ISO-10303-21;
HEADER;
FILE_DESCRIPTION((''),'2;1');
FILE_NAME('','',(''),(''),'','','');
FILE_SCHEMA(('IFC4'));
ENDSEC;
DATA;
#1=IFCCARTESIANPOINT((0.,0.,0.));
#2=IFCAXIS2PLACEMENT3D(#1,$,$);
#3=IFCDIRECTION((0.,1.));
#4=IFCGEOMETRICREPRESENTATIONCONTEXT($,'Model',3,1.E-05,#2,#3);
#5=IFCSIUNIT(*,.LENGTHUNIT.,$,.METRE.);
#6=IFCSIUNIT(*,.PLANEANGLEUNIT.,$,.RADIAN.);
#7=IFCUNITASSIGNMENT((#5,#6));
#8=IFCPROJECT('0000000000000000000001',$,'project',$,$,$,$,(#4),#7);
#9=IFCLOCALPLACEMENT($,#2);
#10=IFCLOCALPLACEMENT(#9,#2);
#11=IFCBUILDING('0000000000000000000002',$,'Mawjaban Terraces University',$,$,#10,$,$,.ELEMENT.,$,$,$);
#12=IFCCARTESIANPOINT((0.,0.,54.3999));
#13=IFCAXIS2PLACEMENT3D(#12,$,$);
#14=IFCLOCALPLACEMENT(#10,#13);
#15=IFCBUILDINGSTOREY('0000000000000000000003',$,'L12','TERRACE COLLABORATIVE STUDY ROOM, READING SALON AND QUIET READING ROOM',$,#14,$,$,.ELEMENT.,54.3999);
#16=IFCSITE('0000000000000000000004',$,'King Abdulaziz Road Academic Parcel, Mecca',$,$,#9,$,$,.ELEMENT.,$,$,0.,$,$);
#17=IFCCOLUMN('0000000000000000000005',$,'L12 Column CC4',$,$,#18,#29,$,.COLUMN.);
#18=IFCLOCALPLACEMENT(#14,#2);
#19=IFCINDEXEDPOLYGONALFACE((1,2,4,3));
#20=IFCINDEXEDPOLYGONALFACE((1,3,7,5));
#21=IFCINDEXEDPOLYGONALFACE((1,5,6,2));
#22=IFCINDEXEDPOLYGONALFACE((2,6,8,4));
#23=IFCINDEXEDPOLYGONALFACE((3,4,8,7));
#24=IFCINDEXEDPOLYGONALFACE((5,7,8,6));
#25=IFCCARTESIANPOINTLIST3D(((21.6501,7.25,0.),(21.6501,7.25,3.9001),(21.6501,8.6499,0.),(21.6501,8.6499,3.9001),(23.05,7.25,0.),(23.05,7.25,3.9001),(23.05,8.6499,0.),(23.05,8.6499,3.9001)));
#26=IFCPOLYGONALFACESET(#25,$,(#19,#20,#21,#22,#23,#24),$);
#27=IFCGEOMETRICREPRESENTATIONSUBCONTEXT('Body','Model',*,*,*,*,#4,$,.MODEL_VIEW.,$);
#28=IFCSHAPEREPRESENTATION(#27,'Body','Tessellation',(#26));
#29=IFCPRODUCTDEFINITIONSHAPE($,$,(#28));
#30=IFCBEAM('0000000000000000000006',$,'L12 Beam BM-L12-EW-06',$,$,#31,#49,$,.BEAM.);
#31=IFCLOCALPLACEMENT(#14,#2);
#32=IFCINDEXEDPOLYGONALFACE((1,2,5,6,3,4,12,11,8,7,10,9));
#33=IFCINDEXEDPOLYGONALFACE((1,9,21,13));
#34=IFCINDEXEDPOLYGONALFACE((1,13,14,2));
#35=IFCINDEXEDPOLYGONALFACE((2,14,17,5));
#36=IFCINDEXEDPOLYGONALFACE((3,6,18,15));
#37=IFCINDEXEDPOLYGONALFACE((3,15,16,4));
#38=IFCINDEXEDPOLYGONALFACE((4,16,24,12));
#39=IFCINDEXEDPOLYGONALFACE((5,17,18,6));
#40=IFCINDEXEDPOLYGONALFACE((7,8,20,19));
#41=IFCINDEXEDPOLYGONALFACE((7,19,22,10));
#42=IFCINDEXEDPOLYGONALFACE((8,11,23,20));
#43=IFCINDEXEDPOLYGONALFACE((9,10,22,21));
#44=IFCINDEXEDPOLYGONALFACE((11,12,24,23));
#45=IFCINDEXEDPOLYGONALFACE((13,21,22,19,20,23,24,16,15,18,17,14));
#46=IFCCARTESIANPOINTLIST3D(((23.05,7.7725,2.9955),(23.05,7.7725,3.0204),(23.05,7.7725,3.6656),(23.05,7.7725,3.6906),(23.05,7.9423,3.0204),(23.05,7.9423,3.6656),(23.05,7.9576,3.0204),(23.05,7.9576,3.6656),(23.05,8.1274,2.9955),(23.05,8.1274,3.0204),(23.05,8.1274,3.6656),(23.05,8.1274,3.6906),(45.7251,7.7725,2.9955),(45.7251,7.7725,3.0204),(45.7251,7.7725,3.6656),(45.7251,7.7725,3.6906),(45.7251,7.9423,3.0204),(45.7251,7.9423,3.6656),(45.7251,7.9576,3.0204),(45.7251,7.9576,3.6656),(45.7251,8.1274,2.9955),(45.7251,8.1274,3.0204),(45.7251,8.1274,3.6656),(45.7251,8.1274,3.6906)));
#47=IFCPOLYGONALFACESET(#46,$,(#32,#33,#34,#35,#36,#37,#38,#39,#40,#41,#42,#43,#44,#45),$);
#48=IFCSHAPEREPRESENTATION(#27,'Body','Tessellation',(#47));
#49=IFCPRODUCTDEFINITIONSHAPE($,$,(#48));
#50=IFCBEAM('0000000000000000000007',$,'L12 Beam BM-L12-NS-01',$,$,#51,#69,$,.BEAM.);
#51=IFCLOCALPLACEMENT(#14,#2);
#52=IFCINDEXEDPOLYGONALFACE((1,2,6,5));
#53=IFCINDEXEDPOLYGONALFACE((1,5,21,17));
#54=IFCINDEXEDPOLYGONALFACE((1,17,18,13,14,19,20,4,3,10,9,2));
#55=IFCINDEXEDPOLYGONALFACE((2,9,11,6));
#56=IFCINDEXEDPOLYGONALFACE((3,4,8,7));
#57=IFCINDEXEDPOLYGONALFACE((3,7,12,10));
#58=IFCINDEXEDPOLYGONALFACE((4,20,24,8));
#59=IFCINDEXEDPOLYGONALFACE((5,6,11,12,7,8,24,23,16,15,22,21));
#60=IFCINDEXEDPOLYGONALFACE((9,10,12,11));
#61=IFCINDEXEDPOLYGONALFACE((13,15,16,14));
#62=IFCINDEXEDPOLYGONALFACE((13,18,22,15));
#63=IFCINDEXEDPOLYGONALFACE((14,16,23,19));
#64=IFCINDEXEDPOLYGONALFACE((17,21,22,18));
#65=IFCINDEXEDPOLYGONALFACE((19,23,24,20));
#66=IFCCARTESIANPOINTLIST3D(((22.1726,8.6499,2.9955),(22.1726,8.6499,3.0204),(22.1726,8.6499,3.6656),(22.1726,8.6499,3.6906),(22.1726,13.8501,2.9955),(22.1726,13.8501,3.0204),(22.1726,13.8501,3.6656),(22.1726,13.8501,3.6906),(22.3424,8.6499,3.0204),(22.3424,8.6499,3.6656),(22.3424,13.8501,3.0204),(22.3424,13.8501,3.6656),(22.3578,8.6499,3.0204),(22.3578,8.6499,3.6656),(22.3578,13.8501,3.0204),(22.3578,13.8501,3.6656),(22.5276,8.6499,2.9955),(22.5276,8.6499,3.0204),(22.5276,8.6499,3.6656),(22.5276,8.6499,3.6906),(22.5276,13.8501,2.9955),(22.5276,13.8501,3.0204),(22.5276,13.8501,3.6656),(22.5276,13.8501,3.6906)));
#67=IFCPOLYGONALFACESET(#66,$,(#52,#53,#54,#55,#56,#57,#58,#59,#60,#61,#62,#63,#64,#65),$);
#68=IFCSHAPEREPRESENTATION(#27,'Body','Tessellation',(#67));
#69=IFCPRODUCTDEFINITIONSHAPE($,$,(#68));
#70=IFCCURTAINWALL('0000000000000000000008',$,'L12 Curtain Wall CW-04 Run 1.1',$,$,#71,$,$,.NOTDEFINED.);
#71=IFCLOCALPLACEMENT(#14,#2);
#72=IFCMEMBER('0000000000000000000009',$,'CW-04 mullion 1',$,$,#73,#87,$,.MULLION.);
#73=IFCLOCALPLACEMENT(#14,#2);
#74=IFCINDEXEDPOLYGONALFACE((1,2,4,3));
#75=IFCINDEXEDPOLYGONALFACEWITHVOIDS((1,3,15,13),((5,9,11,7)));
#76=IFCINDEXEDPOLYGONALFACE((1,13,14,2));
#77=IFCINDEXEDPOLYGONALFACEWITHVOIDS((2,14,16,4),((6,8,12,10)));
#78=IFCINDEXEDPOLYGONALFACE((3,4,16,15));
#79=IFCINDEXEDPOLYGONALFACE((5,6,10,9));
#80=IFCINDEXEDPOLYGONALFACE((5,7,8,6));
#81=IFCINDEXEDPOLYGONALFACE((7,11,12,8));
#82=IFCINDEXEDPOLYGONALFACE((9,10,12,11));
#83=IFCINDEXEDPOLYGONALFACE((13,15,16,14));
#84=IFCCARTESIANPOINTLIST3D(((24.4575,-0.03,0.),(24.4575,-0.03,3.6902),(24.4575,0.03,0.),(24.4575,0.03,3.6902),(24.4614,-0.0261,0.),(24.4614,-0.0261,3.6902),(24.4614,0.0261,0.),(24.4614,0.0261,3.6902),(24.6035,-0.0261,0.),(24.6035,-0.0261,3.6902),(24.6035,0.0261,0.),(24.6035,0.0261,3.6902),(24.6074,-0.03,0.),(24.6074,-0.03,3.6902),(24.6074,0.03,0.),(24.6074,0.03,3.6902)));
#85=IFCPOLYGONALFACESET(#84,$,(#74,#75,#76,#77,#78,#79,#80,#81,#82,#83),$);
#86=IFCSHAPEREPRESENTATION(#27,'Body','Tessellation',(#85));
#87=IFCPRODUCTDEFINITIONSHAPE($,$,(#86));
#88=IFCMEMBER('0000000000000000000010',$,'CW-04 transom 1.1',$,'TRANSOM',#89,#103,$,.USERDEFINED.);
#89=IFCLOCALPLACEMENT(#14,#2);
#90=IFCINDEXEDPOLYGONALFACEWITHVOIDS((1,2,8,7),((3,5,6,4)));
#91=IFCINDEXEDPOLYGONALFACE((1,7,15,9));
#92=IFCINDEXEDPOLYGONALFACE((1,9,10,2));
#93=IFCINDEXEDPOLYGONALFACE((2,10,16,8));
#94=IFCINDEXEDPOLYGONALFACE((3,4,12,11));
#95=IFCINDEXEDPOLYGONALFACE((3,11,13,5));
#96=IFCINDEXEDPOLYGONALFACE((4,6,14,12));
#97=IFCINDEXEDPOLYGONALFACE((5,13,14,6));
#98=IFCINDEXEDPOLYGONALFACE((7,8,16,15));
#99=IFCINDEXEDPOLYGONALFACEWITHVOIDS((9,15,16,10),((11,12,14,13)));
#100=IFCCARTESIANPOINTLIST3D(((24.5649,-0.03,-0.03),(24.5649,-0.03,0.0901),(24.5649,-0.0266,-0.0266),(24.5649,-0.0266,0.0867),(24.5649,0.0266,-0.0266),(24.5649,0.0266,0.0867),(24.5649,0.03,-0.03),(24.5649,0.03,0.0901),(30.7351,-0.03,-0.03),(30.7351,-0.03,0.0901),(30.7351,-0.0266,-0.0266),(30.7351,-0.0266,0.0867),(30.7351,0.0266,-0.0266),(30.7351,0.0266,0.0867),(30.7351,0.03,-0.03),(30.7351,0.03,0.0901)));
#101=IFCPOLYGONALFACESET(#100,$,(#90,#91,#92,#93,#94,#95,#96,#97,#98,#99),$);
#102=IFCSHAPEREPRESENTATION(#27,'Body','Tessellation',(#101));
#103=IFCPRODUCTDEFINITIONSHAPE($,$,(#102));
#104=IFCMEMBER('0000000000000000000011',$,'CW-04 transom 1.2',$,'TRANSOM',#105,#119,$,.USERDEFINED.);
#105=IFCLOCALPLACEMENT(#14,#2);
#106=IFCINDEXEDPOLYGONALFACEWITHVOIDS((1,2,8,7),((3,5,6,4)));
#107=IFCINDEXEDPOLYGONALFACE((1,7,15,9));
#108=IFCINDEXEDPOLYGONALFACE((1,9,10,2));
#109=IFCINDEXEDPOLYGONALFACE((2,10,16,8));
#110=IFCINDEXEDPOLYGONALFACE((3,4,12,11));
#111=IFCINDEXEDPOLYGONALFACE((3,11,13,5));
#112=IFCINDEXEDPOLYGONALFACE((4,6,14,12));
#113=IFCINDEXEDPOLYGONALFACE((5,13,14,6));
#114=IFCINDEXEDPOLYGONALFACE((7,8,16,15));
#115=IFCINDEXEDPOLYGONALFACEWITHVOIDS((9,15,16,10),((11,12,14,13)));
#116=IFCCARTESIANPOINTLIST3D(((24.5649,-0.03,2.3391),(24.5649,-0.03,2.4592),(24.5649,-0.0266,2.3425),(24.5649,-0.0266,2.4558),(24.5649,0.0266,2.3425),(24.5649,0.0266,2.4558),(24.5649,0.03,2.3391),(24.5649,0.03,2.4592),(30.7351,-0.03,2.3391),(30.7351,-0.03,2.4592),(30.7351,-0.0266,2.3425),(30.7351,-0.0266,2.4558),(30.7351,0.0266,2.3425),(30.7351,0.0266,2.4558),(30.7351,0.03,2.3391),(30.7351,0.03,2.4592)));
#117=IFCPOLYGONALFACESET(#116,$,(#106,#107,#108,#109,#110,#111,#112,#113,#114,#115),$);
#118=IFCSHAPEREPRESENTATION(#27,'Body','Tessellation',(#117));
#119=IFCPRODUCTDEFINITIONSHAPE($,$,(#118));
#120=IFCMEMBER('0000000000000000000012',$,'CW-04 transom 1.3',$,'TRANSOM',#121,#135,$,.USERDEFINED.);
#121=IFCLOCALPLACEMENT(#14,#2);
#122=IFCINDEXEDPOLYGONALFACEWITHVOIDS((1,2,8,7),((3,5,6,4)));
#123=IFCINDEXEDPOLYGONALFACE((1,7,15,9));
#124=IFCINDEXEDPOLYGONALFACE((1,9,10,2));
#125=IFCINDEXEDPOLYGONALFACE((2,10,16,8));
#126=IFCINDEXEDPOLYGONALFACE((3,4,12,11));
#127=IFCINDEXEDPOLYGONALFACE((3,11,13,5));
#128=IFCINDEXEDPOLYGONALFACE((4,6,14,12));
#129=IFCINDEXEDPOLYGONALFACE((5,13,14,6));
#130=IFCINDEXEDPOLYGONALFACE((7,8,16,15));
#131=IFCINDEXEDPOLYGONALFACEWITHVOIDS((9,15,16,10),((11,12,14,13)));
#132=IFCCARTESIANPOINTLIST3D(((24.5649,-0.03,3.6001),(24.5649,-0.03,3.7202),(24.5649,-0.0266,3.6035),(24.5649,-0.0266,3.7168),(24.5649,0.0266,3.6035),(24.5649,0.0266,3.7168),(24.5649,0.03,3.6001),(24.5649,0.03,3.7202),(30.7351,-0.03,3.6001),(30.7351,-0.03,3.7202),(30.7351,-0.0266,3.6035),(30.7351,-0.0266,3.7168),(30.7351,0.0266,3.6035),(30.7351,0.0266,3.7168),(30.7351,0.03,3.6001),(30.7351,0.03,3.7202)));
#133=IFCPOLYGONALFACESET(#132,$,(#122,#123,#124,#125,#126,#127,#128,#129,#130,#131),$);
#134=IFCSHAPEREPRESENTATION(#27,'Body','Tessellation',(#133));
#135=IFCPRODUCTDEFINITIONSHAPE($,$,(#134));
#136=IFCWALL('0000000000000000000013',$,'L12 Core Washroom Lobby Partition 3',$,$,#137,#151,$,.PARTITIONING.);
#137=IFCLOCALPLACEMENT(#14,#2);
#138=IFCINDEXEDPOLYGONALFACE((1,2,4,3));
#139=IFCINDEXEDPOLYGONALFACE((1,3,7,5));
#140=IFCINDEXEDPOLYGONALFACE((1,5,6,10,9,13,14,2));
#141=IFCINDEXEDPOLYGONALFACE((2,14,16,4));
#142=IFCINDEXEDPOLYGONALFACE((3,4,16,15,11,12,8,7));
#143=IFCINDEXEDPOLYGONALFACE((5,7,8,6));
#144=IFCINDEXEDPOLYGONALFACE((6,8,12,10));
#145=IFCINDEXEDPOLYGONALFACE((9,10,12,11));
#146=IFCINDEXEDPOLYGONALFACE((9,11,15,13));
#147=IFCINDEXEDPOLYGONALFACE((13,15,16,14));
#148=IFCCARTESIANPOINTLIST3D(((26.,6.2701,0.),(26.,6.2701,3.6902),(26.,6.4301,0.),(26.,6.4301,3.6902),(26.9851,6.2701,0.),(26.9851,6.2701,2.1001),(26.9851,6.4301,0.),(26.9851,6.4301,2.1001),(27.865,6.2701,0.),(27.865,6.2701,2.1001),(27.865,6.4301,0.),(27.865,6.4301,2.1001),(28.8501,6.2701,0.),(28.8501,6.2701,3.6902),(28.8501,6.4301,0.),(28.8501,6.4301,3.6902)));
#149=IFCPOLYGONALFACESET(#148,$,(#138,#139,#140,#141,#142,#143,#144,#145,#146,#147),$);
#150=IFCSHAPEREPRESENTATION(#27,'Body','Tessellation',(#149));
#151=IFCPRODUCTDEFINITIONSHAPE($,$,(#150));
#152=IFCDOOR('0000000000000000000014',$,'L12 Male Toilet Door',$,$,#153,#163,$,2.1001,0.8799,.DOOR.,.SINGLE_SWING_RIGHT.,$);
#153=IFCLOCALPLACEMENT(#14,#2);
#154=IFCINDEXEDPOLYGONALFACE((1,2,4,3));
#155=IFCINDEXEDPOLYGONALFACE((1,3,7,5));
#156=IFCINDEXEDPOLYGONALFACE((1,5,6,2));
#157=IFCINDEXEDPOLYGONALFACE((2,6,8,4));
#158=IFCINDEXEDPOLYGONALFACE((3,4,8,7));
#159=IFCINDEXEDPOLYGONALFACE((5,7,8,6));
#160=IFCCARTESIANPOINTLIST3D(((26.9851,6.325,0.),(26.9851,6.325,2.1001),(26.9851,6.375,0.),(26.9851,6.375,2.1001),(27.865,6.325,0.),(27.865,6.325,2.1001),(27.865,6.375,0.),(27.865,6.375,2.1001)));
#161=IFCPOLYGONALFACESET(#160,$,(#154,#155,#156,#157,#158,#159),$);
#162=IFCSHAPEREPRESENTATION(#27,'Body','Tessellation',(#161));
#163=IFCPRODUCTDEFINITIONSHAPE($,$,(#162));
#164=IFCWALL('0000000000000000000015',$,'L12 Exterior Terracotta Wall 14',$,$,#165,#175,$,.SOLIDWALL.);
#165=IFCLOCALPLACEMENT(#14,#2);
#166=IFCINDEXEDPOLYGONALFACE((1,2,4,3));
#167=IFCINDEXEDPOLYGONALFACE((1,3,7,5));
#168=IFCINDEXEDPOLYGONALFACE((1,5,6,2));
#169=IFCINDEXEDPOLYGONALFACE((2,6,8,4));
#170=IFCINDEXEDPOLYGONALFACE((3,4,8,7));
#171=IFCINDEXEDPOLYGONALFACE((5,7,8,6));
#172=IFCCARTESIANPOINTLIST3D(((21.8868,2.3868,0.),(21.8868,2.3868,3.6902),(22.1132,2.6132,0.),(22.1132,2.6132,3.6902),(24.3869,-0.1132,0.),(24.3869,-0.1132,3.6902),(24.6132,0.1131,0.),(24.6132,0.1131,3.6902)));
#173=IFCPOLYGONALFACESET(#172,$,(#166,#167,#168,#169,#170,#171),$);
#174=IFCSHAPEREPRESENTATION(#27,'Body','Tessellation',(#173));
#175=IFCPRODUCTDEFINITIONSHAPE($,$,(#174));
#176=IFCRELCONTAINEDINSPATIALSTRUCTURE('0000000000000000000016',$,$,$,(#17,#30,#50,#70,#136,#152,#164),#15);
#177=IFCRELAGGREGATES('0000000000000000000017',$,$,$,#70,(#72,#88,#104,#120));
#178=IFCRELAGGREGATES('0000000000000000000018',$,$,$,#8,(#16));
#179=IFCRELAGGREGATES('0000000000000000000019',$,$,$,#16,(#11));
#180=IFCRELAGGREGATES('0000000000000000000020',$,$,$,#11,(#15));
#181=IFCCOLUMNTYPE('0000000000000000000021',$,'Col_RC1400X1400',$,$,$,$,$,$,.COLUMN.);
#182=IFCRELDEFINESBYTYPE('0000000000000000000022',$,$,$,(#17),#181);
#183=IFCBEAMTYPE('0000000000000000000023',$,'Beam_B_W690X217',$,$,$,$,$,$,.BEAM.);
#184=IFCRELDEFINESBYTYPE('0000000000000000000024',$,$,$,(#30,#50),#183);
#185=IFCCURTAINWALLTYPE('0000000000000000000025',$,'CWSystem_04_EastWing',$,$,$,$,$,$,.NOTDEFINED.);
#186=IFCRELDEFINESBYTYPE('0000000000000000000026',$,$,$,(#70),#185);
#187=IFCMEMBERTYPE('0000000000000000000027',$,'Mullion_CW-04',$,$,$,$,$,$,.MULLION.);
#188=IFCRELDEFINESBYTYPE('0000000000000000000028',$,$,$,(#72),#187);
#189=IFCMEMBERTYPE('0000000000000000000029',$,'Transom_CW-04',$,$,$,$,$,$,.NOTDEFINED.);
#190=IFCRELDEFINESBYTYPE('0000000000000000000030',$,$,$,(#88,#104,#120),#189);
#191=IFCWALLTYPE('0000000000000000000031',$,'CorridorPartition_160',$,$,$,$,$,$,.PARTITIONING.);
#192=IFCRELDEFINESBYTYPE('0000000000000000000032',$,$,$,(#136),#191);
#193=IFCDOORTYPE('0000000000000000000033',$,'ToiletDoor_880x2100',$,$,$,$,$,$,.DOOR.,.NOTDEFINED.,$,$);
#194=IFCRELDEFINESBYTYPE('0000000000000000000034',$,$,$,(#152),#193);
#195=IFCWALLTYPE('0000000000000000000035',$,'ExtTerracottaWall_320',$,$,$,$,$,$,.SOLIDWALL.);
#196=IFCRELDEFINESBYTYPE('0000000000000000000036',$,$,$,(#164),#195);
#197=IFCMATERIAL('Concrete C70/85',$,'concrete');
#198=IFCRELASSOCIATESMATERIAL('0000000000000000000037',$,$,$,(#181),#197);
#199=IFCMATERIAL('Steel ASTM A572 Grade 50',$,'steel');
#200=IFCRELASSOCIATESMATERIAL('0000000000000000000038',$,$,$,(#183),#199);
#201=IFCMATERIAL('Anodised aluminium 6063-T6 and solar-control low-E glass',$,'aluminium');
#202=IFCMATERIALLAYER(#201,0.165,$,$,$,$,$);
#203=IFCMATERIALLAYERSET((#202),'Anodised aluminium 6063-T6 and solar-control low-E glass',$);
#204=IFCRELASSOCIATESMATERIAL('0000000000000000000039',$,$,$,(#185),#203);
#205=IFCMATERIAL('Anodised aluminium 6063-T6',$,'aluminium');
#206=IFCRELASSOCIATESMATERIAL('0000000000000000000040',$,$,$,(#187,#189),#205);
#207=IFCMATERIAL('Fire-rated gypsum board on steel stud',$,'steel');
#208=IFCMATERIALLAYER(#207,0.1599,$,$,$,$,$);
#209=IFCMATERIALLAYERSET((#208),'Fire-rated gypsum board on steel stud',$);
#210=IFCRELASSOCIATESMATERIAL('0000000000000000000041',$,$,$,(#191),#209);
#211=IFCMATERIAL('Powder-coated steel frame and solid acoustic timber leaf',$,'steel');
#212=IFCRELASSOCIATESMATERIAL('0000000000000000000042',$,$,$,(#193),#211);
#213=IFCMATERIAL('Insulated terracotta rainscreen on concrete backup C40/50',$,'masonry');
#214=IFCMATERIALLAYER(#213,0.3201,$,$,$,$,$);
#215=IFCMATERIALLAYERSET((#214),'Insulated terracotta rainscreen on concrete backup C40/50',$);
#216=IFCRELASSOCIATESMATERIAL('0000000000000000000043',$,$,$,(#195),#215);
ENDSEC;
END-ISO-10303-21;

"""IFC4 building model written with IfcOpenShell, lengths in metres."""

from ifc_helpers import new_model, si_unit, direction, frame, frame_2d, origin, origin_2d, place, context, subcontext, project, spatial, rectangle, hollow_rectangle, i_section, extrude, material, layer, layer_set, material_profile, profile_set, type_object, element, fill, aggregate, save


model = new_model("IFC4")

# Units and contexts
model_context = context("Model", 3, precision=1e-05, world=origin(), true_north=direction((0.0, 1.0)))
body_context = subcontext(model_context, "Body", "Model", "MODEL_VIEW")
ifc_project = project(units=[si_unit("LENGTHUNIT", "METRE"), si_unit("PLANEANGLEUNIT", "RADIAN")], contexts=[model_context])

# Site, building, storey
site_placement = place(None, origin())
site = spatial("IfcSite", under=ifc_project, at=site_placement, Name="King Abdulaziz Road Academic Parcel, Mecca", CompositionType="ELEMENT", RefElevation=0.0)
building_placement = place(site_placement, origin())
building = spatial("IfcBuilding", under=site, at=building_placement, Name="Mawjaban Terraces University", CompositionType="ELEMENT")
storey_placement = place(building_placement, frame((0.0, 0.0, 54.3999)))
storey = spatial("IfcBuildingStorey", under=building, at=storey_placement, Name="L12", Description="TERRACE COLLABORATIVE STUDY ROOM, READING SALON AND QUIET READING ROOM", CompositionType="ELEMENT", Elevation=54.3999)

# Column
ifc_material_1 = material(Name="Concrete C70/85", Category="concrete")
ifc_material_profile_1 = material_profile(ifc_material_1, rectangle(XDim=1.3999, YDim=1.3999, at=origin_2d()), Name="RC1400X1400")
ifc_profile_set_1 = profile_set([ifc_material_profile_1], Name="Concrete C70/85")
column_type = type_object("IfcColumnType", Name="Col_RC1400X1400", PredefinedType="COLUMN", material=ifc_profile_set_1)
column_placement = place(storey_placement, frame((22.3501, 7.95, 0.0), z_axis=(0.0, 0.0, 1.0), x_axis=(1.0, 0.0, 0.0)))
element("IfcColumn", 1, at=column_placement, inside=storey, type_object=column_type, Name="L12 Column CC4", PredefinedType="COLUMN", context=body_context, shape_type="SweptSolid", body=[
    extrude(rectangle(XDim=1.3999, YDim=1.3999, at=origin_2d()), origin(), (0.0, 0.0, 1.0), 3.9001),
])

# Beams
ifc_material_2 = material(Name="Steel ASTM A572 Grade 50", Category="steel")
ifc_material_profile_2 = material_profile(ifc_material_2, i_section(OverallWidth=0.355, OverallDepth=0.6951, WebThickness=0.0154, FlangeThickness=0.0249, at=origin_2d()), Name="W690X217")
ifc_profile_set_2 = profile_set([ifc_material_profile_2], Name="Steel ASTM A572 Grade 50")
beam_type = type_object("IfcBeamType", Name="Beam_B_W690X217", PredefinedType="BEAM", material=ifc_profile_set_2)
beam_1_placement = place(storey_placement, frame((23.05, 7.95, 3.343), z_axis=(1.0, 0.0, 0.0), x_axis=(0.0, 1.0, 0.0)))
element("IfcBeam", 2, at=beam_1_placement, inside=storey, type_object=beam_type, Name="L12 Beam BM-L12-EW-06", PredefinedType="BEAM", context=body_context, shape_type="SweptSolid", body=[
    extrude(i_section(OverallWidth=0.355, OverallDepth=0.6951, WebThickness=0.0154, FlangeThickness=0.0249, at=origin_2d()), origin(), (0.0, 0.0, 1.0), 22.675),
])
beam_2_placement = place(storey_placement, frame((22.3501, 8.6499, 3.343), z_axis=(0.0, 1.0, 0.0), x_axis=(-1.0, 0.0, 0.0)))
element("IfcBeam", 3, at=beam_2_placement, inside=storey, type_object=beam_type, Name="L12 Beam BM-L12-NS-01", PredefinedType="BEAM", context=body_context, shape_type="SweptSolid", body=[
    extrude(i_section(OverallWidth=0.355, OverallDepth=0.6951, WebThickness=0.0154, FlangeThickness=0.0249, at=origin_2d()), origin(), (0.0, 0.0, 1.0), 5.2002),
])

# Curtain wall, members
ifc_material_3 = material(Name="Anodised aluminium 6063-T6 and solar-control low-E glass", Category="aluminium")
ifc_layer_1 = layer(ifc_material_3, 0.165)
ifc_layer_set_1 = layer_set([ifc_layer_1], Name="Anodised aluminium 6063-T6 and solar-control low-E glass")
curtain_wall_type = type_object("IfcCurtainWallType", Name="CWSystem_04_EastWing", PredefinedType="NOTDEFINED", material=ifc_layer_set_1)
curtain_wall_placement = place(storey_placement, origin())
curtain_wall = element("IfcCurtainWall", 4, at=curtain_wall_placement, inside=storey, type_object=curtain_wall_type, Name="L12 Curtain Wall CW-04 Run 1.1", PredefinedType="NOTDEFINED")
ifc_material_4 = material(Name="Anodised aluminium 6063-T6", Category="aluminium")
ifc_material_profile_3 = material_profile(ifc_material_4, hollow_rectangle(XDim=0.0601, YDim=0.1499, WallThickness=0.0039, at=origin_2d()), Name="ALU150X60X4")
ifc_profile_set_3 = profile_set([ifc_material_profile_3], Name="Anodised aluminium 6063-T6")
member_type_1 = type_object("IfcMemberType", Name="Mullion_CW-04", PredefinedType="MULLION", material=ifc_profile_set_3)
member_1_placement = place(storey_placement, frame((24.5325, 0.0, 0.0), z_axis=(0.0, 0.0, 1.0), x_axis=(0.0, 1.0, 0.0)))
member_1 = element("IfcMember", 5, at=member_1_placement, type_object=member_type_1, Name="CW-04 mullion 1", PredefinedType="MULLION", context=body_context, shape_type="SweptSolid", body=[
    extrude(hollow_rectangle(XDim=0.0601, YDim=0.1499, WallThickness=0.0039, at=origin_2d()), origin(), (0.0, 0.0, 1.0), 3.6902),
])
ifc_material_profile_4 = material_profile(ifc_material_4, hollow_rectangle(XDim=0.0601, YDim=0.1201, WallThickness=0.0034, at=origin_2d()), Name="ALU120X60X3.5")
ifc_profile_set_4 = profile_set([ifc_material_profile_4], Name="Anodised aluminium 6063-T6")
member_type_2 = type_object("IfcMemberType", Name="Transom_CW-04", PredefinedType="NOTDEFINED", material=ifc_profile_set_4)
member_2_placement = place(storey_placement, frame((24.5649, 0.0, 0.03), z_axis=(1.0, 0.0, 0.0), x_axis=(0.0, 1.0, 0.0)))
member_2 = element("IfcMember", 6, at=member_2_placement, type_object=member_type_2, Name="CW-04 transom 1.1", ObjectType="TRANSOM", PredefinedType="USERDEFINED", context=body_context, shape_type="SweptSolid", body=[
    extrude(hollow_rectangle(XDim=0.0601, YDim=0.1201, WallThickness=0.0034, at=origin_2d()), origin(), (0.0, 0.0, 1.0), 6.1702),
])
member_3_placement = place(storey_placement, frame((24.5649, 0.0, 2.3992), z_axis=(1.0, 0.0, 0.0), x_axis=(0.0, 1.0, 0.0)))
member_3 = element("IfcMember", 7, at=member_3_placement, type_object=member_type_2, Name="CW-04 transom 1.2", ObjectType="TRANSOM", PredefinedType="USERDEFINED", context=body_context, shape_type="SweptSolid", body=[
    extrude(hollow_rectangle(XDim=0.0601, YDim=0.1201, WallThickness=0.0034, at=origin_2d()), origin(), (0.0, 0.0, 1.0), 6.1702),
])
member_4_placement = place(storey_placement, frame((24.5649, 0.0, 3.6602), z_axis=(1.0, 0.0, 0.0), x_axis=(0.0, 1.0, 0.0)))
member_4 = element("IfcMember", 8, at=member_4_placement, type_object=member_type_2, Name="CW-04 transom 1.3", ObjectType="TRANSOM", PredefinedType="USERDEFINED", context=body_context, shape_type="SweptSolid", body=[
    extrude(hollow_rectangle(XDim=0.0601, YDim=0.1201, WallThickness=0.0034, at=origin_2d()), origin(), (0.0, 0.0, 1.0), 6.1702),
])
aggregate(curtain_wall, [member_1, member_2, member_3, member_4])

# Wall, opening, door
ifc_material_5 = material(Name="Fire-rated gypsum board on steel stud", Category="steel")
ifc_layer_2 = layer(ifc_material_5, 0.1599)
ifc_layer_set_2 = layer_set([ifc_layer_2], Name="Fire-rated gypsum board on steel stud")
wall_type_1 = type_object("IfcWallType", Name="CorridorPartition_160", PredefinedType="PARTITIONING", material=ifc_layer_set_2)
wall_1_placement = place(storey_placement, frame((26.0, 6.3501, 0.0), z_axis=(0.0, 0.0, 1.0), x_axis=(1.0, 0.0, 0.0)))
wall_1 = element("IfcWall", 9, at=wall_1_placement, inside=storey, type_object=wall_type_1, Name="L12 Core Washroom Lobby Partition 3", PredefinedType="PARTITIONING", context=body_context, shape_type="SweptSolid", body=[
    extrude(rectangle(XDim=2.8501, YDim=0.1599, at=frame_2d((1.425, 0.0))), origin(), (0.0, 0.0, 1.0), 3.6902),
])
opening_placement = place(wall_1_placement, frame((0.9851, 0.0, 0.0)))
opening = element("IfcOpeningElement", 10, at=opening_placement, cuts=wall_1, PredefinedType="OPENING", context=body_context, shape_type="SweptSolid", body=[
    extrude(rectangle(XDim=0.8799, YDim=2.1001, at=frame_2d((0.4399, 1.05))), frame((0.0, 0.0898, 0.0), z_axis=(0.0, -1.0, 0.0), x_axis=(1.0, 0.0, 0.0)), (0.0, 0.0, 1.0), 0.1799),
])
ifc_material_6 = material(Name="Powder-coated steel frame and solid acoustic timber leaf", Category="steel")
door_type = type_object("IfcDoorType", Name="ToiletDoor_880x2100", OperationType="NOTDEFINED", PredefinedType="DOOR", material=ifc_material_6)
door_placement = place(opening_placement, origin())
door = element("IfcDoor", 11, at=door_placement, inside=storey, type_object=door_type, Name="L12 Male Toilet Door", OperationType="SINGLE_SWING_RIGHT", OverallHeight=2.1001, OverallWidth=0.8799, PredefinedType="DOOR", context=body_context, shape_type="SweptSolid", body=[
    extrude(rectangle(XDim=0.8799, YDim=2.1001, at=frame_2d((0.4399, 1.05))), frame((0.0, 0.0249, 0.0), z_axis=(0.0, -1.0, 0.0), x_axis=(1.0, 0.0, 0.0)), (0.0, 0.0, 1.0), 0.05),
])
fill(opening, door)

# Wall
ifc_material_7 = material(Name="Insulated terracotta rainscreen on concrete backup C40/50", Category="masonry")
ifc_layer_3 = layer(ifc_material_7, 0.3201)
ifc_layer_set_3 = layer_set([ifc_layer_3], Name="Insulated terracotta rainscreen on concrete backup C40/50")
wall_type_2 = type_object("IfcWallType", Name="ExtTerracottaWall_320", PredefinedType="SOLIDWALL", material=ifc_layer_set_3)
wall_2_placement = place(storey_placement, frame((22.0, 2.5, 0.0), z_axis=(0.0, 0.0, 1.0), x_axis=(0.707107, -0.707107, 0.0)))
element("IfcWall", 12, at=wall_2_placement, inside=storey, type_object=wall_type_2, Name="L12 Exterior Terracotta Wall 14", PredefinedType="SOLIDWALL", context=body_context, shape_type="SweptSolid", body=[
    extrude(rectangle(XDim=3.5356, YDim=0.3201, at=frame_2d((1.7678, 0.0))), origin(), (0.0, 0.0, 1.0), 3.6902),
])

save(model, "model.ifc")
